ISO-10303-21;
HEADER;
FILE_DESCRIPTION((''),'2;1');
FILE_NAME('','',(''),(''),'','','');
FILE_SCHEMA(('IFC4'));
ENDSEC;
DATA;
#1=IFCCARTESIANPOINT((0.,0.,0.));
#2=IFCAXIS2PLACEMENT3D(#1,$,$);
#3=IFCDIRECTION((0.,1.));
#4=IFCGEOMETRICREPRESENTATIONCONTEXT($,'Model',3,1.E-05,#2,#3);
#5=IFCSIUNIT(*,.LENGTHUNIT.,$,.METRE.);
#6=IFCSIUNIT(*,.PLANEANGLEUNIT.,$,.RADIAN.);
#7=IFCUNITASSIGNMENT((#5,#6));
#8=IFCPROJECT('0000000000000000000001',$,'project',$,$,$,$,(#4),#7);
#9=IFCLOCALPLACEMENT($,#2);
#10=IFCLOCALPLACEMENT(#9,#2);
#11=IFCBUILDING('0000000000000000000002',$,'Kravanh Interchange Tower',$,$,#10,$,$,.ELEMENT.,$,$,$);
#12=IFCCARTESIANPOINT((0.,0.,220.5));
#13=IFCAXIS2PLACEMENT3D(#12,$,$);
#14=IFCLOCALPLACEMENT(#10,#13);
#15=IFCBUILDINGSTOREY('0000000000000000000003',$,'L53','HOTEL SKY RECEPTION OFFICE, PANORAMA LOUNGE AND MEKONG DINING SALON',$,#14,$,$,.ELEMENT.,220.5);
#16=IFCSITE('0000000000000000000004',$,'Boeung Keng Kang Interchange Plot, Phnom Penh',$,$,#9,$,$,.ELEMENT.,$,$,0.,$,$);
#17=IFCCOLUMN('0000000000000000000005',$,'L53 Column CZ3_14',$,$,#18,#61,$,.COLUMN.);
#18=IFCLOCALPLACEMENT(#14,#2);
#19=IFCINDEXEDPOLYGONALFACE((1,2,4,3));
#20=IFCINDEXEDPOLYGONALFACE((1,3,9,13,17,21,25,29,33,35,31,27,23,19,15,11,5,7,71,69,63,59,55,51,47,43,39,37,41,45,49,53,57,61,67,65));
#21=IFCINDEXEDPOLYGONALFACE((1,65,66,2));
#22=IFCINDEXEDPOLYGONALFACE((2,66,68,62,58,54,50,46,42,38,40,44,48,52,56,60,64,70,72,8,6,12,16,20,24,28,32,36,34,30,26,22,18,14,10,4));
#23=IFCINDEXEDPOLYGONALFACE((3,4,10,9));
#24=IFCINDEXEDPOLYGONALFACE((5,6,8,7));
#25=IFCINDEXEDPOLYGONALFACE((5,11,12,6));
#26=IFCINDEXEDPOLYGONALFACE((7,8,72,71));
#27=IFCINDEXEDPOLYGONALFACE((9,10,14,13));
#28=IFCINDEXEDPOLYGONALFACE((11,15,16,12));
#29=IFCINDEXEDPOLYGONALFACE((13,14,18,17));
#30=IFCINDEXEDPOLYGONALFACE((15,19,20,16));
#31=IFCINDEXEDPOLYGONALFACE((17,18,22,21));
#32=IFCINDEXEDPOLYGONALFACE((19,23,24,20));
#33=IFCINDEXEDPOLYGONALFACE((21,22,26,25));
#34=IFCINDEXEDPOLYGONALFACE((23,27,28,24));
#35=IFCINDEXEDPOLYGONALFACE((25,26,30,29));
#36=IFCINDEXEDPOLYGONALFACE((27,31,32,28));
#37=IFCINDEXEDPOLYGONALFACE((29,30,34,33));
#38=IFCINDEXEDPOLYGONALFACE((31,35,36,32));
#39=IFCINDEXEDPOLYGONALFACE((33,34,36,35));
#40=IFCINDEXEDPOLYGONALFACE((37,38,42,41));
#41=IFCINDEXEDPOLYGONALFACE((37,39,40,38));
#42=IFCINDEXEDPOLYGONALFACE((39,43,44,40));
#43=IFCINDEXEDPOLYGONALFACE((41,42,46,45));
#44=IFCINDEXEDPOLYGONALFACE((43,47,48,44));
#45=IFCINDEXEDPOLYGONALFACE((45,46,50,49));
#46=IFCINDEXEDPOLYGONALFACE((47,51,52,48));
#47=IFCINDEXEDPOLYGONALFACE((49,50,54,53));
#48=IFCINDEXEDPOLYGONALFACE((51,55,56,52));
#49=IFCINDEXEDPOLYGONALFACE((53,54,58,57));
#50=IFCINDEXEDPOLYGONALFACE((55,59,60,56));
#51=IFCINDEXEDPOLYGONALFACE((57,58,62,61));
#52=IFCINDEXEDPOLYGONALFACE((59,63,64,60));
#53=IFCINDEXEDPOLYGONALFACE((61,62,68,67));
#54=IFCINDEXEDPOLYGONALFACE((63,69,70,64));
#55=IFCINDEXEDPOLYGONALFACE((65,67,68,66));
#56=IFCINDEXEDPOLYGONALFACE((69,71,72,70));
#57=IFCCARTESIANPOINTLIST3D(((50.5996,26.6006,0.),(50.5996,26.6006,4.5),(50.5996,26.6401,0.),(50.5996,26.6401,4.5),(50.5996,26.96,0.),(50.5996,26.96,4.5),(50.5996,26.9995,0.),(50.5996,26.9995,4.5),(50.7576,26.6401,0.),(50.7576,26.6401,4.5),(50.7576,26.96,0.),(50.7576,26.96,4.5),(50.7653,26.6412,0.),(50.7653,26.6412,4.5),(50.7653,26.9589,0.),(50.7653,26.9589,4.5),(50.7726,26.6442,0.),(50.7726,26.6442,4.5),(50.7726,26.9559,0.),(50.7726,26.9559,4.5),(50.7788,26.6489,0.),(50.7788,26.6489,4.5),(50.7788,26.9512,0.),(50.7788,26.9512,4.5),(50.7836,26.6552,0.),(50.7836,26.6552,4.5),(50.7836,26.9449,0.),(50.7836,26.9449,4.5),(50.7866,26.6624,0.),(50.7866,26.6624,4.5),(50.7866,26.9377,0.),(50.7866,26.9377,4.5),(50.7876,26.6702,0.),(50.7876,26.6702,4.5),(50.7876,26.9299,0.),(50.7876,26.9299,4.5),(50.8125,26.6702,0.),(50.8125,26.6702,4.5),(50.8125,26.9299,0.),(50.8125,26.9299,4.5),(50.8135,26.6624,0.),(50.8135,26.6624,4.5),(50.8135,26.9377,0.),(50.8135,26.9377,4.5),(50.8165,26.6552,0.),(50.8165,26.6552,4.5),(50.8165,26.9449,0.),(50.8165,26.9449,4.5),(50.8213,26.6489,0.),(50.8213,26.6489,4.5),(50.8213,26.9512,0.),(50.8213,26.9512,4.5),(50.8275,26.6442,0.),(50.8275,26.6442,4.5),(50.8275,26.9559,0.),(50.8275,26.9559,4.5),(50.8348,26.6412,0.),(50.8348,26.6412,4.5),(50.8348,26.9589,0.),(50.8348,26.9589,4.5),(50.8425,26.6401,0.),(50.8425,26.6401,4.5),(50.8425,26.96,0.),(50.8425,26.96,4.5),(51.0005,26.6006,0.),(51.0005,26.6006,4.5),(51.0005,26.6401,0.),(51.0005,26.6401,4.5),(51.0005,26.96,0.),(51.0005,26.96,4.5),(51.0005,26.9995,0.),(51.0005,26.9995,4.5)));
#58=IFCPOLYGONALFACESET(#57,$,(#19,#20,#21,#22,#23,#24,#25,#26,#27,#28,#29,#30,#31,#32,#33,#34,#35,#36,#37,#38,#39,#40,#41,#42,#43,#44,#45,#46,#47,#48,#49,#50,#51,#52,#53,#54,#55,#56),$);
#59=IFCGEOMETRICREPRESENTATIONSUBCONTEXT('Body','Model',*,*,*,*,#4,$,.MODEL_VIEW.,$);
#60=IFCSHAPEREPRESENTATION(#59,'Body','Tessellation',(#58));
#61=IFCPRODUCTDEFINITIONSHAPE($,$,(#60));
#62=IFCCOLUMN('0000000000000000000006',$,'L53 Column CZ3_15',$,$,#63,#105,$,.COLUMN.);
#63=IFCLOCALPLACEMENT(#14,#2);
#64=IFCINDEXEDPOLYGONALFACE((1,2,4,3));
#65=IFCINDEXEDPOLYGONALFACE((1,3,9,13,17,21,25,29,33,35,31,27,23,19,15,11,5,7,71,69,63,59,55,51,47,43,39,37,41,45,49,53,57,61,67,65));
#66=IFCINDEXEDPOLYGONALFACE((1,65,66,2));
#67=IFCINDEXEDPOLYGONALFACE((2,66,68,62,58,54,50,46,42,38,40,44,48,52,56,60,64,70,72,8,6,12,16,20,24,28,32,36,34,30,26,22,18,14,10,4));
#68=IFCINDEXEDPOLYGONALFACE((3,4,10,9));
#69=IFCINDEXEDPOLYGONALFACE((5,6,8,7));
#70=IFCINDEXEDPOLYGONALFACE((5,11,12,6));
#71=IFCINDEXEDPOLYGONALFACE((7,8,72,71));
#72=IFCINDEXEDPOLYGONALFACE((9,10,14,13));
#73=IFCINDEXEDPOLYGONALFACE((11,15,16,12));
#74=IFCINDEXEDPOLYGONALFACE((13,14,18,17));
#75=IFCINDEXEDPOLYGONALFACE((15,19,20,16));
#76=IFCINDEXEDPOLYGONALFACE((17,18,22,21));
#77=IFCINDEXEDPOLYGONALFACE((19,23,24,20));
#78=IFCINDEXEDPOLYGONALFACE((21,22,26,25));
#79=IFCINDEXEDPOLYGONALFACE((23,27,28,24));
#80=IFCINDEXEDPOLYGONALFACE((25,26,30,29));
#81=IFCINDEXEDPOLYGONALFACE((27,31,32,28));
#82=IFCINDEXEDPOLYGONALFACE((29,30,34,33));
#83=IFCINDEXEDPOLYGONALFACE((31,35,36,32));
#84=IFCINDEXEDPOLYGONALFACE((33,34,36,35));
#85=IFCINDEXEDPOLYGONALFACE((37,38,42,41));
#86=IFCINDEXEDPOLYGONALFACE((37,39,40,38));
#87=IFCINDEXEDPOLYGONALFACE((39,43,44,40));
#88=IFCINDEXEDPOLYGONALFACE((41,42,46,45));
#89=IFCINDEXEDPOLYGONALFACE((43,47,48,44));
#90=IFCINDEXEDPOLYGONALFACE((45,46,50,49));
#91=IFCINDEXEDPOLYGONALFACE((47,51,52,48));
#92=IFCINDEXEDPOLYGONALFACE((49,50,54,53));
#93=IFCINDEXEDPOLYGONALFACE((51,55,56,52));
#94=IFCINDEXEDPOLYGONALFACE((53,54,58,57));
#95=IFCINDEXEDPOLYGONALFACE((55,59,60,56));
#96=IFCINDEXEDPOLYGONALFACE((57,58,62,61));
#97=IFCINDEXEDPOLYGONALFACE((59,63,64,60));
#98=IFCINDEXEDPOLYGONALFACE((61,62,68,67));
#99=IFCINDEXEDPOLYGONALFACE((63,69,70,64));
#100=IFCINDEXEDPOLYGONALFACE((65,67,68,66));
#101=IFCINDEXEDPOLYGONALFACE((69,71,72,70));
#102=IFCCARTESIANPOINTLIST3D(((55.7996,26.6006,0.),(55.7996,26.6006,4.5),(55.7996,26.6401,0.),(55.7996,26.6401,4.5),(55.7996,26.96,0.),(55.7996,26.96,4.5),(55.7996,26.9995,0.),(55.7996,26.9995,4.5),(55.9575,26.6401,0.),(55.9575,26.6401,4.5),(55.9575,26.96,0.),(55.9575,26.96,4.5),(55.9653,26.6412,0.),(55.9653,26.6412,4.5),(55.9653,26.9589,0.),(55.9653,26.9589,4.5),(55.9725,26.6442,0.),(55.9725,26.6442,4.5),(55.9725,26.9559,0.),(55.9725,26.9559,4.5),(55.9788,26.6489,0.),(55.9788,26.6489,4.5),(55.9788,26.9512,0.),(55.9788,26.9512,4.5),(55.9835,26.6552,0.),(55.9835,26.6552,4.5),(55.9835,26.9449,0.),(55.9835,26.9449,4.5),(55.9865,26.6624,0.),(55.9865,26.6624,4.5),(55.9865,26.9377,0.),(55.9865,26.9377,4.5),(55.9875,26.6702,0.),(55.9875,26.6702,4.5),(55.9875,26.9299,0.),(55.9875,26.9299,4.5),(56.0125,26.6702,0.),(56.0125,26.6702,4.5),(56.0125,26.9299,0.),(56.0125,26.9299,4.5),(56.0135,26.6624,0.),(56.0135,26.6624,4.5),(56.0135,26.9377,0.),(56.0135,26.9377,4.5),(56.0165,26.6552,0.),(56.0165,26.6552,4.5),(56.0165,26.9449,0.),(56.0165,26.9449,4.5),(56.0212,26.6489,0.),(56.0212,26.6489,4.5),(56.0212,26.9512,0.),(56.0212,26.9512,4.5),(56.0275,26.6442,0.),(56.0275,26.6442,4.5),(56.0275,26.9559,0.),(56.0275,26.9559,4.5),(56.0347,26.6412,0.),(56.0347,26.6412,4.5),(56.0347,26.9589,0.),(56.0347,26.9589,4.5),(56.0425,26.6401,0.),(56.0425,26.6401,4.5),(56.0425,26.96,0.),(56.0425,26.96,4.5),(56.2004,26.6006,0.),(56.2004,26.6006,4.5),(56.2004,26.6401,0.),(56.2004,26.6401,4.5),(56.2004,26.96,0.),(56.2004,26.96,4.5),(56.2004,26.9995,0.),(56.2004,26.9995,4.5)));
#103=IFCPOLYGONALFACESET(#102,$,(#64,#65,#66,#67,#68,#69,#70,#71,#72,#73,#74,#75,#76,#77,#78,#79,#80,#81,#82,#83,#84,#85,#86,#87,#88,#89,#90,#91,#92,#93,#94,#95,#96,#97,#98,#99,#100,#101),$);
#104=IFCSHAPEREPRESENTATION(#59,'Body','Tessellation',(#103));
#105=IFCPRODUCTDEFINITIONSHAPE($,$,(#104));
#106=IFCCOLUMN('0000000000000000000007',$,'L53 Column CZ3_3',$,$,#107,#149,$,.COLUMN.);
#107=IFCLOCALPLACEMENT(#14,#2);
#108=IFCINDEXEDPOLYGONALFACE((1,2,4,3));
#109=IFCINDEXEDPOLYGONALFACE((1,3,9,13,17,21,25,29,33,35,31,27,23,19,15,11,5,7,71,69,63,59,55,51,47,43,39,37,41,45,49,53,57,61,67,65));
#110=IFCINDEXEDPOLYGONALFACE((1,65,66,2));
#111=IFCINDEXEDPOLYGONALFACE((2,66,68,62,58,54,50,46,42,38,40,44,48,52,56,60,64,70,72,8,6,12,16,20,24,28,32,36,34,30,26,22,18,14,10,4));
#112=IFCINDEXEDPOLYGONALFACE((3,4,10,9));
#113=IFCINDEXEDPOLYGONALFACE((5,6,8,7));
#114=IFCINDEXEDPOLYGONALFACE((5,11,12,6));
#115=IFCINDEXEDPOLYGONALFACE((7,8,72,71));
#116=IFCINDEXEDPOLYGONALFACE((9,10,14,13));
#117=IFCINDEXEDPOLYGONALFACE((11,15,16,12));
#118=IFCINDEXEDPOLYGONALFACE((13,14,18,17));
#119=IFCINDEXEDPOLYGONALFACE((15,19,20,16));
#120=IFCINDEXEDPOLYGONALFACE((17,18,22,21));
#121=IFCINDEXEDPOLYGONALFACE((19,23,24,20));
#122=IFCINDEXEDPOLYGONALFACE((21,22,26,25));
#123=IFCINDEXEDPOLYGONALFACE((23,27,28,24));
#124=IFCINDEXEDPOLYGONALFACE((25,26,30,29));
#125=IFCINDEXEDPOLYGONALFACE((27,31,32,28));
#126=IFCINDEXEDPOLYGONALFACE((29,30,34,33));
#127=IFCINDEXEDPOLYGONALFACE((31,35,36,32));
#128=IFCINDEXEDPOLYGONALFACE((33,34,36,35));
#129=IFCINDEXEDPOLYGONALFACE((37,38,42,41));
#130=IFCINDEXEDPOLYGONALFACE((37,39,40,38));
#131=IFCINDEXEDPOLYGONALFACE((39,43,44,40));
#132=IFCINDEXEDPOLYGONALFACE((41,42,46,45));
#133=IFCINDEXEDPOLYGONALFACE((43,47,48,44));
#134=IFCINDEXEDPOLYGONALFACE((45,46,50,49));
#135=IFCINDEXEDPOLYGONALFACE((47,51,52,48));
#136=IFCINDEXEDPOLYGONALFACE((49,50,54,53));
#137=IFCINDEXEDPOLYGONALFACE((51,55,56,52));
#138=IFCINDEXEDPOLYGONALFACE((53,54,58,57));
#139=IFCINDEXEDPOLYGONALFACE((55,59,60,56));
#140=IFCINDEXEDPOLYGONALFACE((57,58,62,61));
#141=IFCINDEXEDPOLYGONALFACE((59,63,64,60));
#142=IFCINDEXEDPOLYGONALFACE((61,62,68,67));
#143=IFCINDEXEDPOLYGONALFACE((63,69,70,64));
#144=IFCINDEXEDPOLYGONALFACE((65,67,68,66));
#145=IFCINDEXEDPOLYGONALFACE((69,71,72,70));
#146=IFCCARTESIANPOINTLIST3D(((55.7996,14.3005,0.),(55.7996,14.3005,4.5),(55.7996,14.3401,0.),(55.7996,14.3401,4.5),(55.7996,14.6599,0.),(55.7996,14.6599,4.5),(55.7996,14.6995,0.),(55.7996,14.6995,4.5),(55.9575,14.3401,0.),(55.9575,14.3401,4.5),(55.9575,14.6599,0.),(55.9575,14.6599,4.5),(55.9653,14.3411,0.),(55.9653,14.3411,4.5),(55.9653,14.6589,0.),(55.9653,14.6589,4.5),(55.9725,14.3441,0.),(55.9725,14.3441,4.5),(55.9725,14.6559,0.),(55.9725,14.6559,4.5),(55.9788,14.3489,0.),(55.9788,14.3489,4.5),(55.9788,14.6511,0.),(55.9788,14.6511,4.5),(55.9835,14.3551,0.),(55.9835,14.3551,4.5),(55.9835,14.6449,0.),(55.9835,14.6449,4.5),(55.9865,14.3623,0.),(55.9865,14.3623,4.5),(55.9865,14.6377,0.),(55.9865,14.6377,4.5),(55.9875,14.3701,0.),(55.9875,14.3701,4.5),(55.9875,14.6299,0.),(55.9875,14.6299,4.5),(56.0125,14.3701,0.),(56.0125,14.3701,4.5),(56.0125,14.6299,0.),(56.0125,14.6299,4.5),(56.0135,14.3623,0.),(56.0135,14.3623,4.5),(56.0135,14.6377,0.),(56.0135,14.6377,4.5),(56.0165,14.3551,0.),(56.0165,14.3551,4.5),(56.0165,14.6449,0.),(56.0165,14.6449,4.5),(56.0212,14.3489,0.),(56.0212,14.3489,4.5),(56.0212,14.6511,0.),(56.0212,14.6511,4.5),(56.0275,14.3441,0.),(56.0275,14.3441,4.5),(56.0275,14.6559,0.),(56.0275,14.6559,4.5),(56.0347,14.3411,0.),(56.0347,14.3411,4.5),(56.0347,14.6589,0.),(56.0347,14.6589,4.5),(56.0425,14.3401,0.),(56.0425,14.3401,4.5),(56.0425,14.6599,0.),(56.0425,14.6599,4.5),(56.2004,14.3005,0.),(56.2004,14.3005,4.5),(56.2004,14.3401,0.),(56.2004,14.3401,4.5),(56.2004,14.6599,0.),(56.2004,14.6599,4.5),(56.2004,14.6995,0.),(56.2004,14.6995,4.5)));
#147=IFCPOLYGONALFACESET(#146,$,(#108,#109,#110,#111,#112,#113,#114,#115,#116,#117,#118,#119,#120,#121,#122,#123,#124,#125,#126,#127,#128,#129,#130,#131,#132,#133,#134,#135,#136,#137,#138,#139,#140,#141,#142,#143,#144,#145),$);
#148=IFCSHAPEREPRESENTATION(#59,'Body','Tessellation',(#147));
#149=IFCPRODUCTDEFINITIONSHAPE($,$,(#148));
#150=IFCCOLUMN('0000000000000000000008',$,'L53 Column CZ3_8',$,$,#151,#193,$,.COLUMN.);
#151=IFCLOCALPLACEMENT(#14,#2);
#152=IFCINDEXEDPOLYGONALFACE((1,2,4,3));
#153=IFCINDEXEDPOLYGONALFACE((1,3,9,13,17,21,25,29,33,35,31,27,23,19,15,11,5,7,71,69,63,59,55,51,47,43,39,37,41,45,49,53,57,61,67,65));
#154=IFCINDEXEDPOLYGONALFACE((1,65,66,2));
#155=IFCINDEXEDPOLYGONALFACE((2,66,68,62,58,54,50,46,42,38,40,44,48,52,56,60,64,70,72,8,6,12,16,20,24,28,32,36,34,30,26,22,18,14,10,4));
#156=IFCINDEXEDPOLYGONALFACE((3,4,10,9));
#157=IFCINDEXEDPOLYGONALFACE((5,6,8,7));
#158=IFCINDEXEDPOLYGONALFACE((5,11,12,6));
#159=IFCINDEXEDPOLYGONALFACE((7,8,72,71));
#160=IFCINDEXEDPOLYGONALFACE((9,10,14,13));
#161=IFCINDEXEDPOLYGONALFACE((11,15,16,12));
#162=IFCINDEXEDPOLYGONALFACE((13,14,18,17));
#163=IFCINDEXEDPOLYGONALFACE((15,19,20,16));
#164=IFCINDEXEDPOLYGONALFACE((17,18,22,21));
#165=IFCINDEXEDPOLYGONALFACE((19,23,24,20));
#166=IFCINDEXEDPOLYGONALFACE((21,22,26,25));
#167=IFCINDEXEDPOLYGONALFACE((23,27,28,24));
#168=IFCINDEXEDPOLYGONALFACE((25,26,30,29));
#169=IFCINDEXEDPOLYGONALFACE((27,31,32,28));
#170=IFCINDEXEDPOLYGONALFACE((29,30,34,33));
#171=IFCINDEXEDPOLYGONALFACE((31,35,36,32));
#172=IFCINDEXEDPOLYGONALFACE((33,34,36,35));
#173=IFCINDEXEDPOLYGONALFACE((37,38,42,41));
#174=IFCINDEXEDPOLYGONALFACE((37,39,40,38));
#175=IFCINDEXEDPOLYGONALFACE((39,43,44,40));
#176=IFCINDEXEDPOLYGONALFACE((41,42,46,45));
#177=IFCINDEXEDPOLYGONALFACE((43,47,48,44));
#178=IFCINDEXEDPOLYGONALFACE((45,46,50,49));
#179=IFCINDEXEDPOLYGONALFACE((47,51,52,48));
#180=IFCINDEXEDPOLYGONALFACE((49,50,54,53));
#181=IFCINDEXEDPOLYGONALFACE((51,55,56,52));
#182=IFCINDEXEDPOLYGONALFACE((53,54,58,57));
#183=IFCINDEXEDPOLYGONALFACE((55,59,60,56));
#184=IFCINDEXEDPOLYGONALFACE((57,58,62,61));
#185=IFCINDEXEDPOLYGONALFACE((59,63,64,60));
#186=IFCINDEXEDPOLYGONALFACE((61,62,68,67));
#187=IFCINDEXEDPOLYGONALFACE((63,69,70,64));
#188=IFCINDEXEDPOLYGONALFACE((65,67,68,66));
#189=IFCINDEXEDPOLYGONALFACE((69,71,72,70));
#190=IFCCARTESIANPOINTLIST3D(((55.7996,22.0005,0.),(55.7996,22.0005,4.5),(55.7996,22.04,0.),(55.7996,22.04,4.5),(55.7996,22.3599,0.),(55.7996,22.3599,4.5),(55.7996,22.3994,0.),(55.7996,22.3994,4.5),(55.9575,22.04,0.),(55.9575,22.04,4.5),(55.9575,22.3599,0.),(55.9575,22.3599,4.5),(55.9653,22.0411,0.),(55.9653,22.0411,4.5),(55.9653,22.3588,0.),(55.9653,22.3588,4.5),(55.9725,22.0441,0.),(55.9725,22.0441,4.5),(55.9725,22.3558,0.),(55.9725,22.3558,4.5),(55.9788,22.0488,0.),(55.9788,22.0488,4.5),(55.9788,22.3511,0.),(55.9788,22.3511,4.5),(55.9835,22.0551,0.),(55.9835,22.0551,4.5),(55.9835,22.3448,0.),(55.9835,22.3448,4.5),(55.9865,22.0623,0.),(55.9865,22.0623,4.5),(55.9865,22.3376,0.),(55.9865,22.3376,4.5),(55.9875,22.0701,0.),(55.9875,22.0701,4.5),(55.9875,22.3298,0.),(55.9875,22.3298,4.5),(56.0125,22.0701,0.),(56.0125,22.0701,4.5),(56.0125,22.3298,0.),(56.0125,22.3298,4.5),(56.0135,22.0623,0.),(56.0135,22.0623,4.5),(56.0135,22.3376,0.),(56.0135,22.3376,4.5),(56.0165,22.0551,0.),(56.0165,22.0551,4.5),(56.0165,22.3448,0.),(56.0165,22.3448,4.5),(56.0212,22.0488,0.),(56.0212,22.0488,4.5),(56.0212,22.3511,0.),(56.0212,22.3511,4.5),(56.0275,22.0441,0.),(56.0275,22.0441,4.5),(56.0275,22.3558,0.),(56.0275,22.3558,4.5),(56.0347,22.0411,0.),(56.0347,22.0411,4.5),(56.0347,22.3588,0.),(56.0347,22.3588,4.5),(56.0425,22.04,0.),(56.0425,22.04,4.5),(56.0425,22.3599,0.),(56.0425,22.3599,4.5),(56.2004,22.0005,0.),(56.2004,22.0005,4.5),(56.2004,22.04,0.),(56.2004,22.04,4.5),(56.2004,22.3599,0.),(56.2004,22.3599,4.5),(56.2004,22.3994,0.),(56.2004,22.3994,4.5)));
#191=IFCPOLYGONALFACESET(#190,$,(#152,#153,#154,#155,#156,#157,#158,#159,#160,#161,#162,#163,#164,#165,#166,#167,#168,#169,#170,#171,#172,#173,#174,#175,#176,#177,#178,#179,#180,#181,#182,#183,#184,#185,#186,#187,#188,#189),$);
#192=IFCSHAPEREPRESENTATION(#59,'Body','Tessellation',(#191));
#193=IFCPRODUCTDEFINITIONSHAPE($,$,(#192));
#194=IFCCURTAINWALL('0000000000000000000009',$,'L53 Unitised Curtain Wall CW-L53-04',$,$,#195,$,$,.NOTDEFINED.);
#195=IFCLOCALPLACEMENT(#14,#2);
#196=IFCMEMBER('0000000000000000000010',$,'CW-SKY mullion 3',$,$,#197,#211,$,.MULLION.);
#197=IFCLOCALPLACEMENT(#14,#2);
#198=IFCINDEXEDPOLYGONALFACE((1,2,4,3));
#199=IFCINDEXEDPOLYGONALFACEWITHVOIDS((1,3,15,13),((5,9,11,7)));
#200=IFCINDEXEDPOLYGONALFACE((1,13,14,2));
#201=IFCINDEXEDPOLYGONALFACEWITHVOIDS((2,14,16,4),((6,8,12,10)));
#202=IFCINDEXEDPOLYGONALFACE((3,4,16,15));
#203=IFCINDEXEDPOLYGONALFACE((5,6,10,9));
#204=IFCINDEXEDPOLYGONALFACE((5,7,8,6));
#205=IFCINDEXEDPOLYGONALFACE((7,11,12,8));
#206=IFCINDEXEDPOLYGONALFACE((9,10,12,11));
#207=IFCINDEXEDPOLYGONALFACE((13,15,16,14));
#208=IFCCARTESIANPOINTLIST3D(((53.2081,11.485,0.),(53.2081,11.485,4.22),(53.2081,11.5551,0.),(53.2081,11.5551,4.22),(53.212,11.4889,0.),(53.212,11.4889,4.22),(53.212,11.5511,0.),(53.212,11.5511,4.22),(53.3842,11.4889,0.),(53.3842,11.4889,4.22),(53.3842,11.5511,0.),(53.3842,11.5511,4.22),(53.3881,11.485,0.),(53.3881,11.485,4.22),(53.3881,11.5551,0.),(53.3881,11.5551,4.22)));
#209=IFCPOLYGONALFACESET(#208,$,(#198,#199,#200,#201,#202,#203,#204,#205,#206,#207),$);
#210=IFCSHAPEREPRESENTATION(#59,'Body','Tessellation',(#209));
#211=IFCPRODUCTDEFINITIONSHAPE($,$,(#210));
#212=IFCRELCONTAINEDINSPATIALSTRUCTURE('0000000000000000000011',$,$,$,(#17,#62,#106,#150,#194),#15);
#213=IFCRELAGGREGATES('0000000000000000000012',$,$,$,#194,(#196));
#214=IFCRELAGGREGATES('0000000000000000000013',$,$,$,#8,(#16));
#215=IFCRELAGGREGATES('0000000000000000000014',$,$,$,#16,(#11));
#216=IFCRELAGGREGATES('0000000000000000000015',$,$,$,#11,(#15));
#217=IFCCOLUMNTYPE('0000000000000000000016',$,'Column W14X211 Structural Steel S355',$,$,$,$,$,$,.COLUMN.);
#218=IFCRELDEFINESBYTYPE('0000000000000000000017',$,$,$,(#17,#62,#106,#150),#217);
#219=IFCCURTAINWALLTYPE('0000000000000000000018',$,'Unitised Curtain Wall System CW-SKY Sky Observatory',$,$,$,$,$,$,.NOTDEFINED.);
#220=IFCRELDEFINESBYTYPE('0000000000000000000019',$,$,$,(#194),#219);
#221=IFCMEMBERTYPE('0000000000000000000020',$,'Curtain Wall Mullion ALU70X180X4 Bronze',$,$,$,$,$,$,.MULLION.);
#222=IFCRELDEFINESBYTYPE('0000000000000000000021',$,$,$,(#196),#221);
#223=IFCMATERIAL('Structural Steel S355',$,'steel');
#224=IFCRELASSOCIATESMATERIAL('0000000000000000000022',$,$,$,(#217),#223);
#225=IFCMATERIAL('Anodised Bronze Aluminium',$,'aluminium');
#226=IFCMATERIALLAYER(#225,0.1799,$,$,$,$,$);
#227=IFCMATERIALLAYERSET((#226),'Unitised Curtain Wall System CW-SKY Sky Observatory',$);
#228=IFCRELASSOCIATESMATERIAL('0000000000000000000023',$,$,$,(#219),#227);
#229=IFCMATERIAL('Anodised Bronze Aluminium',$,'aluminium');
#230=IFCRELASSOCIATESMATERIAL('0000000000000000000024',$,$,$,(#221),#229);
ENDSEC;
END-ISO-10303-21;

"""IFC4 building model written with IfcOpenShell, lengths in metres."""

from ifc_helpers import new_model, si_unit, direction, frame, origin, origin_2d, place, context, subcontext, project, spatial, hollow_rectangle, i_section, extrude, material, layer, layer_set, material_profile, profile_set, type_object, element, aggregate, save


model = new_model("IFC4")

# Units and contexts
model_context = context("Model", 3, precision=1e-05, world=origin(), true_north=direction((0.0, 1.0)))
body_context = subcontext(model_context, "Body", "Model", "MODEL_VIEW")
ifc_project = project(units=[si_unit("LENGTHUNIT", "METRE"), si_unit("PLANEANGLEUNIT", "RADIAN")], contexts=[model_context])

# Site, building, storey
site_placement = place(None, origin())
site = spatial("IfcSite", under=ifc_project, at=site_placement, Name="Boeung Keng Kang Interchange Plot, Phnom Penh", CompositionType="ELEMENT", RefElevation=0.0)
building_placement = place(site_placement, origin())
building = spatial("IfcBuilding", under=site, at=building_placement, Name="Kravanh Interchange Tower", CompositionType="ELEMENT")
storey_placement = place(building_placement, frame((0.0, 0.0, 220.5)))
storey = spatial("IfcBuildingStorey", under=building, at=storey_placement, Name="L53", Description="HOTEL SKY RECEPTION OFFICE, PANORAMA LOUNGE AND MEKONG DINING SALON", CompositionType="ELEMENT", Elevation=220.5)

# Columns
ifc_material_1 = material(Name="Structural Steel S355", Category="steel")
ifc_material_profile_1 = material_profile(ifc_material_1, i_section(OverallWidth=0.4009, OverallDepth=0.3989, WebThickness=0.0249, FlangeThickness=0.0396, FilletRadius=0.03, at=origin_2d()), Name="W14X211")
ifc_profile_set_1 = profile_set([ifc_material_profile_1], Name="Structural Steel S355")
column_type = type_object("IfcColumnType", Name="Column W14X211 Structural Steel S355", PredefinedType="COLUMN", material=ifc_profile_set_1)
for number, where, z_axis, x_axis, name in (
    (1, (50.8, 26.8, 0.0), (0.0, 0.0, 1.0), (1.0, 0.0, 0.0), "L53 Column CZ3_14"),
    (2, (56.0, 26.8, 0.0), (0.0, 0.0, 1.0), (1.0, 0.0, 0.0), "L53 Column CZ3_15"),
    (3, (56.0, 14.5, 0.0), (0.0, 0.0, 1.0), (1.0, 0.0, 0.0), "L53 Column CZ3_3"),
    (4, (56.0, 22.2, 0.0), (0.0, 0.0, 1.0), (1.0, 0.0, 0.0), "L53 Column CZ3_8"),
):
    element("IfcColumn", number, at=place(storey_placement, frame(where, z_axis=z_axis, x_axis=x_axis)), inside=storey, type_object=column_type, Name=name, PredefinedType="COLUMN", context=body_context, shape_type="SweptSolid", body=[
        extrude(i_section(OverallWidth=0.4009, OverallDepth=0.3989, WebThickness=0.0249, FlangeThickness=0.0396, FilletRadius=0.03, at=origin_2d()), origin(), (0.0, 0.0, 1.0), 4.5),
    ])

# Curtain wall, member
ifc_material_2 = material(Name="Anodised Bronze Aluminium", Category="aluminium")
ifc_layer_1 = layer(ifc_material_2, 0.1799)
ifc_layer_set_1 = layer_set([ifc_layer_1], Name="Unitised Curtain Wall System CW-SKY Sky Observatory")
curtain_wall_type = type_object("IfcCurtainWallType", Name="Unitised Curtain Wall System CW-SKY Sky Observatory", PredefinedType="NOTDEFINED", material=ifc_layer_set_1)
curtain_wall_1_placement = place(storey_placement, origin())
curtain_wall_1 = element("IfcCurtainWall", 5, at=curtain_wall_1_placement, inside=storey, type_object=curtain_wall_type, Name="L53 Unitised Curtain Wall CW-L53-04", PredefinedType="NOTDEFINED")
ifc_material_3 = material(Name="Anodised Bronze Aluminium", Category="aluminium")
ifc_material_profile_2 = material_profile(ifc_material_3, hollow_rectangle(XDim=0.0701, YDim=0.1799, WallThickness=0.0039, at=origin_2d()), Name="ALU70X180X4")
ifc_profile_set_2 = profile_set([ifc_material_profile_2], Name="Anodised Bronze Aluminium")
member_type_1 = type_object("IfcMemberType", Name="Curtain Wall Mullion ALU70X180X4 Bronze", PredefinedType="MULLION", material=ifc_profile_set_2)
member_1_placement = place(storey_placement, frame((53.2981, 11.52, 0.0), z_axis=(0.0, 0.0, 1.0), x_axis=(0.0, -1.0, 0.0)))
member_1 = element("IfcMember", 6, at=member_1_placement, type_object=member_type_1, Name="CW-SKY mullion 3", PredefinedType="MULLION", context=body_context, shape_type="SweptSolid", body=[
    extrude(hollow_rectangle(XDim=0.0701, YDim=0.1799, WallThickness=0.0039, at=origin_2d()), origin(), (0.0, 0.0, 1.0), 4.22),
])

aggregate(curtain_wall_1, [member_1])

save(model, "model.ifc")
